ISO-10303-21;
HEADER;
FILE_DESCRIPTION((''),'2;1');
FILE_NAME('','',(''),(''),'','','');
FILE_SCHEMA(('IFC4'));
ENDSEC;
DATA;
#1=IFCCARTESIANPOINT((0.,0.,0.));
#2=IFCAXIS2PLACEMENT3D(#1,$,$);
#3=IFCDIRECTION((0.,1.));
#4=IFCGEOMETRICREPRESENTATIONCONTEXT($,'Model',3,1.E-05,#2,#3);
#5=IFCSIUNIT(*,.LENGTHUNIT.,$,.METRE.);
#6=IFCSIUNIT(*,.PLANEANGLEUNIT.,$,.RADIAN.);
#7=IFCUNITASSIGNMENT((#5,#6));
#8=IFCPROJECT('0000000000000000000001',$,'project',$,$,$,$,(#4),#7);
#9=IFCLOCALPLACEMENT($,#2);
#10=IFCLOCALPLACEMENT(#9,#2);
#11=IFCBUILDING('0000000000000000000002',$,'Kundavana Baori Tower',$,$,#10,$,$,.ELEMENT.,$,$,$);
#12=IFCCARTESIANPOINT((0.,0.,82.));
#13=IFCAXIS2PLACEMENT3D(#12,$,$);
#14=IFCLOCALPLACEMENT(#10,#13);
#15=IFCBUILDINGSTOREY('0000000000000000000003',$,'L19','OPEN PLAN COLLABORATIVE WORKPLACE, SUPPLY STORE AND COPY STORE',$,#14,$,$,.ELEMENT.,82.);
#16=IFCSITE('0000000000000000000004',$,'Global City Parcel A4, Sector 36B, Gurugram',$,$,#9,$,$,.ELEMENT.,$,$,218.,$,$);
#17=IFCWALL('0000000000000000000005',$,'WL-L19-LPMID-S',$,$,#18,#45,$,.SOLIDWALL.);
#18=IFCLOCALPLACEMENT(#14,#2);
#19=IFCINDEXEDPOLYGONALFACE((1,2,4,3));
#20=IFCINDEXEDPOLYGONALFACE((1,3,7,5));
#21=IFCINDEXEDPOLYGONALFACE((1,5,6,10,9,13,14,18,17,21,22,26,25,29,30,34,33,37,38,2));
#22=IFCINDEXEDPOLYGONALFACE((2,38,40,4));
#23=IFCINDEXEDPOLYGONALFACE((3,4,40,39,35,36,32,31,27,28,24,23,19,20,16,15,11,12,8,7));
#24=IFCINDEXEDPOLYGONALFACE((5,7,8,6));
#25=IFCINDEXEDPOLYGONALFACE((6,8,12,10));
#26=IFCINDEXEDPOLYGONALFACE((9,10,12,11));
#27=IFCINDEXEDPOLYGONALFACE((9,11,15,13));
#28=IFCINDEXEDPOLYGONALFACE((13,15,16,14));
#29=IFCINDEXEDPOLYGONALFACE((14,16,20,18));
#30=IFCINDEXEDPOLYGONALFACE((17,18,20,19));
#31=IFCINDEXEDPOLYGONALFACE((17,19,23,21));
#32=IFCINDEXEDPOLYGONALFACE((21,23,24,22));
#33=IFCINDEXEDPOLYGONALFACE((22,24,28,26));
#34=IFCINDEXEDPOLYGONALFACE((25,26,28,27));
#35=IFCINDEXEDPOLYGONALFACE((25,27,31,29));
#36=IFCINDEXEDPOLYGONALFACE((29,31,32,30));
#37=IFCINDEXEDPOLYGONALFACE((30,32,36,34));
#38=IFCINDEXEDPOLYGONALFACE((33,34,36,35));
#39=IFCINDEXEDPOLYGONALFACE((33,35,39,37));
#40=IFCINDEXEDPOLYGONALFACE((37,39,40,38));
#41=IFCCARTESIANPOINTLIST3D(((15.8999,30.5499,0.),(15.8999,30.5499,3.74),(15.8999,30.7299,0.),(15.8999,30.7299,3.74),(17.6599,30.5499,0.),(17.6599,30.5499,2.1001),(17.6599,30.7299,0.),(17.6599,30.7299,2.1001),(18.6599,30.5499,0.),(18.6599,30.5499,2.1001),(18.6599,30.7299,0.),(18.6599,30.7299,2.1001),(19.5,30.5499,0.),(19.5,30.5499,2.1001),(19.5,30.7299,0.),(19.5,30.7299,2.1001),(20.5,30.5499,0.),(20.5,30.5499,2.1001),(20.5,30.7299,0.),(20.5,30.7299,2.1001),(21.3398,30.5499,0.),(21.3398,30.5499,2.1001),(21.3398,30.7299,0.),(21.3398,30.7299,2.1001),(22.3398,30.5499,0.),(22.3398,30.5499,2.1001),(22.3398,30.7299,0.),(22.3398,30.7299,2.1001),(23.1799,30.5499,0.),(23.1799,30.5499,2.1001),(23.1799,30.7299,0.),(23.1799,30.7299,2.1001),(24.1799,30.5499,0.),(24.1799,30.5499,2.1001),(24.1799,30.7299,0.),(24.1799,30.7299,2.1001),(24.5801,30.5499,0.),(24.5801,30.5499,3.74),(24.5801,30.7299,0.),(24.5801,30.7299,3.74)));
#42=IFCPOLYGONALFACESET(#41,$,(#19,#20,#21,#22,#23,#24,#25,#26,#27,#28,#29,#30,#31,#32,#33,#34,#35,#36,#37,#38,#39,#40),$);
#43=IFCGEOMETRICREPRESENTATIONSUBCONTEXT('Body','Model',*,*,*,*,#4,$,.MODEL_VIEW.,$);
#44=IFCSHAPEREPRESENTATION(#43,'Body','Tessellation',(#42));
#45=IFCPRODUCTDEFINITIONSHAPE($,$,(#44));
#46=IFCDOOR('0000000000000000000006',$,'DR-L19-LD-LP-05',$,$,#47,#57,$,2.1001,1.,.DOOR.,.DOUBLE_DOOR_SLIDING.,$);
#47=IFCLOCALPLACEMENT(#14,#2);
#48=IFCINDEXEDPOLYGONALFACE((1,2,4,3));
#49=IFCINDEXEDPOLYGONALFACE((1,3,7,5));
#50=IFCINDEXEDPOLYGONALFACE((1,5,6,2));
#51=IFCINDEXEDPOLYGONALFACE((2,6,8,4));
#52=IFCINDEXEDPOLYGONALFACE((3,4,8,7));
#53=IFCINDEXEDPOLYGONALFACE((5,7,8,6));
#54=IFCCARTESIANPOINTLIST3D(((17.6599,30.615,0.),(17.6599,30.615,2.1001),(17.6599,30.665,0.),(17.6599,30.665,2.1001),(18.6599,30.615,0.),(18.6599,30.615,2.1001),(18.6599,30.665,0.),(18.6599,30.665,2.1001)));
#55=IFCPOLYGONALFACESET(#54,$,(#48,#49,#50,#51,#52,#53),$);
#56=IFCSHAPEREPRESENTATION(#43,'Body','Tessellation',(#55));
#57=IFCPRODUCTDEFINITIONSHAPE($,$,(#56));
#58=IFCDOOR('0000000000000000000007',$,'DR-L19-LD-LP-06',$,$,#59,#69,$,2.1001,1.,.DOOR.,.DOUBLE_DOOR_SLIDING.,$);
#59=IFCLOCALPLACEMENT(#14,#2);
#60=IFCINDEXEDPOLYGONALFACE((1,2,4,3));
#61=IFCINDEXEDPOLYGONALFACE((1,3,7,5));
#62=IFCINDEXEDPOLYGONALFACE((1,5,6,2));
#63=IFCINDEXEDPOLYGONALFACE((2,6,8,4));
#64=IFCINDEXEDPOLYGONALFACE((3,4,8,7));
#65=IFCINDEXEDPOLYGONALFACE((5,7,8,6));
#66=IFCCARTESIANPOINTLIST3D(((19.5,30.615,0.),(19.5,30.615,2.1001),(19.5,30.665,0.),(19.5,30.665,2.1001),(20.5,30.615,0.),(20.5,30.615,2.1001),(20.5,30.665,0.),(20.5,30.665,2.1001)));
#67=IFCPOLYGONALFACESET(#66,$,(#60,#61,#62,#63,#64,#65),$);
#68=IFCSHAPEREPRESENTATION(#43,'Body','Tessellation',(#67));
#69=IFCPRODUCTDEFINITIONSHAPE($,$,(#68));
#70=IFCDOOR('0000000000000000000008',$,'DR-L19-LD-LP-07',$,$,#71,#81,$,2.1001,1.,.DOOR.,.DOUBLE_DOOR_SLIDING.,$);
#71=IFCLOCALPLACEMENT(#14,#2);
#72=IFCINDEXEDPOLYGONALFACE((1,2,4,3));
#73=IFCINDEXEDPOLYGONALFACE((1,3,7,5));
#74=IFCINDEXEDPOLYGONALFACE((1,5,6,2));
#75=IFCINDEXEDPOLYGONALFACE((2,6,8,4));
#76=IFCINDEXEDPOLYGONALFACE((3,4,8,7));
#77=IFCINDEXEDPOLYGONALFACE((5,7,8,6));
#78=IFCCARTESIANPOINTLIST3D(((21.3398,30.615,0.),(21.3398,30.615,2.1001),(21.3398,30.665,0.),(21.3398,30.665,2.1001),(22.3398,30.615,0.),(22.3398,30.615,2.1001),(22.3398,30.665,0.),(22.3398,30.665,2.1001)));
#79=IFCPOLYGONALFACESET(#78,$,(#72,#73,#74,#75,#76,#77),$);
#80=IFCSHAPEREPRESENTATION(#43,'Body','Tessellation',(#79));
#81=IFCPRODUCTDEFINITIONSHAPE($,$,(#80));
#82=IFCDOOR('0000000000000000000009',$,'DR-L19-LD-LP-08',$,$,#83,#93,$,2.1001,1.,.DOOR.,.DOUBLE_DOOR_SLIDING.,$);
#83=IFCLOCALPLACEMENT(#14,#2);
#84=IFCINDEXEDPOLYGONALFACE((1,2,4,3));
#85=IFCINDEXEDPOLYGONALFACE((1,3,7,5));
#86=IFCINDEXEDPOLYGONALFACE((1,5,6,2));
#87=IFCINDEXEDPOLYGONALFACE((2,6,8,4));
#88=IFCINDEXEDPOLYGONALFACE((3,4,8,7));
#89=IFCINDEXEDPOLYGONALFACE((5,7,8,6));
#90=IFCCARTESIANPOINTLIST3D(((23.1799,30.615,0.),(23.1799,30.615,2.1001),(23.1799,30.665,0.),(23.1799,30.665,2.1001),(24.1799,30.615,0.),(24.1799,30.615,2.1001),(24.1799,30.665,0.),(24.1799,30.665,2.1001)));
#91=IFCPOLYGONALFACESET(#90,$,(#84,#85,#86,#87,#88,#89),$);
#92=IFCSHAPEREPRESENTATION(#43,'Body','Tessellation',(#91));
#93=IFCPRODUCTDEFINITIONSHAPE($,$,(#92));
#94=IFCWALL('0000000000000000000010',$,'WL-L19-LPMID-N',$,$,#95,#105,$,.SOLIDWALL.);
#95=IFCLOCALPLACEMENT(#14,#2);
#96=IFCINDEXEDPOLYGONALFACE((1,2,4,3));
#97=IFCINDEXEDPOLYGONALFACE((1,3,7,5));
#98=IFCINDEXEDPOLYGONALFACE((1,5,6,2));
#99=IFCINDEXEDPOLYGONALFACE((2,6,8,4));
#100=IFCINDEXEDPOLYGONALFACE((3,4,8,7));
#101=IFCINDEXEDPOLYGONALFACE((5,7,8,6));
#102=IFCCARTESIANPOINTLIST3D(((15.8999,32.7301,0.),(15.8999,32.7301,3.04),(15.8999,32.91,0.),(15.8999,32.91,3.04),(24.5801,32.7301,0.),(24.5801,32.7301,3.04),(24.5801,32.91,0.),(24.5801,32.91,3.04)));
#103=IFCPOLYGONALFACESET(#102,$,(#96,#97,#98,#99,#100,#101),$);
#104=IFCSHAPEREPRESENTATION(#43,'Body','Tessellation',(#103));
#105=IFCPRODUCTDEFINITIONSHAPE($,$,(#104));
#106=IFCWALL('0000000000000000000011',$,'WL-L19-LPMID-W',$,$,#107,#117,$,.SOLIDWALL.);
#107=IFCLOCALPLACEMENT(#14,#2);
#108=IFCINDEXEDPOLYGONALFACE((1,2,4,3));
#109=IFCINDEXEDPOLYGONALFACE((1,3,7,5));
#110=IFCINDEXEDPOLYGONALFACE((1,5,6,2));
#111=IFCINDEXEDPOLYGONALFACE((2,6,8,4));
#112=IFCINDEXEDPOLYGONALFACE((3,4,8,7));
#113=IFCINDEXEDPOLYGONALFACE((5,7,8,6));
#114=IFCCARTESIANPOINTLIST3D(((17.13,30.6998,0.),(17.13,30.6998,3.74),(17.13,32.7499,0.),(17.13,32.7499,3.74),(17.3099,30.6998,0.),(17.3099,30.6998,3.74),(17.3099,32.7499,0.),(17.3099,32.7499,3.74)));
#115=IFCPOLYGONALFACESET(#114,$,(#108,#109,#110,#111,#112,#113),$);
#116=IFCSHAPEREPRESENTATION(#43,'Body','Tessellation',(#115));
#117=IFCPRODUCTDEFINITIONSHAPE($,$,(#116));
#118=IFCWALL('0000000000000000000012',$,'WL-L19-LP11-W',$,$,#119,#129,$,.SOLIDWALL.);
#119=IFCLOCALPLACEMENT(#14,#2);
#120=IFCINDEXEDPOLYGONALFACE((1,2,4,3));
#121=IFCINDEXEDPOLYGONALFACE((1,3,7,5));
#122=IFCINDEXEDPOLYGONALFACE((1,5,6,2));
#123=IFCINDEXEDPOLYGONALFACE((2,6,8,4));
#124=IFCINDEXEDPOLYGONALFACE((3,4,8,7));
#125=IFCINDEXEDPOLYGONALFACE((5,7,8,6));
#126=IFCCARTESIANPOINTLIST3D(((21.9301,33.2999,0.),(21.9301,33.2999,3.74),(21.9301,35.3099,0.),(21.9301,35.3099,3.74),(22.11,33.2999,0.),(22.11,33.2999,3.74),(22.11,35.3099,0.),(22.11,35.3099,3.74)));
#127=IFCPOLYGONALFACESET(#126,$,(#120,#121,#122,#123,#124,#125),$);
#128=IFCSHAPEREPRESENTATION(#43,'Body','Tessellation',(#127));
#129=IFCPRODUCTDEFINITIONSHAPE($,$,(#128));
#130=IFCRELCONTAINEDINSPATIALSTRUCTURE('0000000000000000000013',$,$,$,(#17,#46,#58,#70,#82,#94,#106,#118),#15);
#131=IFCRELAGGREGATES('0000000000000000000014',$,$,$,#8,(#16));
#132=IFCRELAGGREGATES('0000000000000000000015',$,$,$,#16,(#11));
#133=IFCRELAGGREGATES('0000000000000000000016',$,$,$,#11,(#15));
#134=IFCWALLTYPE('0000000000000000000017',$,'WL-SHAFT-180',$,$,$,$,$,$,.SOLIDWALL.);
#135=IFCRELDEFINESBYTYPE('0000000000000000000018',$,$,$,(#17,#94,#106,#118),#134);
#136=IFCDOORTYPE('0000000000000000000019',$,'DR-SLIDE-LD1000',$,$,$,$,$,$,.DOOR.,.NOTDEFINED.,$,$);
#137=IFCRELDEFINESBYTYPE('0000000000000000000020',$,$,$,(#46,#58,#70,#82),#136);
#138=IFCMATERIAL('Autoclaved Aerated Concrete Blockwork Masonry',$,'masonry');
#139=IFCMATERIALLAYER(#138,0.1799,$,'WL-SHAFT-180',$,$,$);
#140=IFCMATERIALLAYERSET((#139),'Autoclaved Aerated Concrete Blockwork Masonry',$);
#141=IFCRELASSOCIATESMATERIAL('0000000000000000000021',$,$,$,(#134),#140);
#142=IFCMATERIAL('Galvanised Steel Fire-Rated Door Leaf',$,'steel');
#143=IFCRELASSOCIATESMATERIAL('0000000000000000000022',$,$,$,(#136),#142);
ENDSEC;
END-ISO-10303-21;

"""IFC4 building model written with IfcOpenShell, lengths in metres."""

from ifc_helpers import new_model, si_unit, direction, frame, frame_2d, origin, place, context, subcontext, project, spatial, rectangle, extrude, material, layer, layer_set, type_object, element, fill, save


model = new_model("IFC4")

# Units and contexts
model_context = context("Model", 3, precision=1e-05, world=origin(), true_north=direction((0.0, 1.0)))
body_context = subcontext(model_context, "Body", "Model", "MODEL_VIEW")
ifc_project = project(units=[si_unit("LENGTHUNIT", "METRE"), si_unit("PLANEANGLEUNIT", "RADIAN")], contexts=[model_context])

# Site, building, storey
site_placement = place(None, origin())
site = spatial("IfcSite", under=ifc_project, at=site_placement, Name="Global City Parcel A4, Sector 36B, Gurugram", CompositionType="ELEMENT", RefElevation=218.0)
building_placement = place(site_placement, origin())
building = spatial("IfcBuilding", under=site, at=building_placement, Name="Kundavana Baori Tower", CompositionType="ELEMENT")
storey_placement = place(building_placement, frame((0.0, 0.0, 82.0)))
storey = spatial("IfcBuildingStorey", under=building, at=storey_placement, Name="L19", Description="OPEN PLAN COLLABORATIVE WORKPLACE, SUPPLY STORE AND COPY STORE", CompositionType="ELEMENT", Elevation=82.0)

# Shared definitions
ifc_material_1 = material(Name="Autoclaved Aerated Concrete Blockwork Masonry", Category="masonry")
ifc_layer_1 = layer(ifc_material_1, 0.1799, Name="WL-SHAFT-180")
ifc_layer_set_1 = layer_set([ifc_layer_1], Name="Autoclaved Aerated Concrete Blockwork Masonry")
wall_type_1 = type_object("IfcWallType", Name="WL-SHAFT-180", PredefinedType="SOLIDWALL", material=ifc_layer_set_1)
ifc_material_2 = material(Name="Galvanised Steel Fire-Rated Door Leaf", Category="steel")
door_type_1 = type_object("IfcDoorType", Name="DR-SLIDE-LD1000", OperationType="NOTDEFINED", PredefinedType="DOOR", material=ifc_material_2)

# Wall, openings, doors
wall_1_placement = place(storey_placement, frame((15.8999, 30.6399, 0.0), z_axis=(0.0, 0.0, 1.0), x_axis=(1.0, 0.0, 0.0)))
wall_1 = element("IfcWall", 1, at=wall_1_placement, inside=storey, type_object=wall_type_1, Name="WL-L19-LPMID-S", PredefinedType="SOLIDWALL", context=body_context, shape_type="SweptSolid", body=[
    extrude(rectangle(XDim=8.6802, YDim=0.1799, at=frame_2d((4.3401, 0.0))), origin(), (0.0, 0.0, 1.0), 3.74),
])
opening_1_placement = place(wall_1_placement, frame((1.76, 0.0, 0.0)))
opening_1 = element("IfcOpeningElement", 2, at=opening_1_placement, cuts=wall_1, PredefinedType="OPENING", context=body_context, shape_type="SweptSolid", body=[
    extrude(rectangle(XDim=1.0, YDim=2.1001, at=frame_2d((0.5, 1.05))), frame((0.0, 0.1001, 0.0), z_axis=(0.0, -1.0, 0.0), x_axis=(1.0, 0.0, 0.0)), (0.0, 0.0, 1.0), 0.2),
])
opening_2_placement = place(wall_1_placement, frame((3.6001, 0.0, 0.0)))
opening_2 = element("IfcOpeningElement", 3, at=opening_2_placement, cuts=wall_1, PredefinedType="OPENING", context=body_context, shape_type="SweptSolid", body=[
    extrude(rectangle(XDim=1.0, YDim=2.1001, at=frame_2d((0.5, 1.05))), frame((0.0, 0.1001, 0.0), z_axis=(0.0, -1.0, 0.0), x_axis=(1.0, 0.0, 0.0)), (0.0, 0.0, 1.0), 0.2),
])
opening_3_placement = place(wall_1_placement, frame((5.4399, 0.0, 0.0)))
opening_3 = element("IfcOpeningElement", 4, at=opening_3_placement, cuts=wall_1, PredefinedType="OPENING", context=body_context, shape_type="SweptSolid", body=[
    extrude(rectangle(XDim=1.0, YDim=2.1001, at=frame_2d((0.5, 1.05))), frame((0.0, 0.1001, 0.0), z_axis=(0.0, -1.0, 0.0), x_axis=(1.0, 0.0, 0.0)), (0.0, 0.0, 1.0), 0.2),
])
opening_4_placement = place(wall_1_placement, frame((7.28, 0.0, 0.0)))
opening_4 = element("IfcOpeningElement", 5, at=opening_4_placement, cuts=wall_1, PredefinedType="OPENING", context=body_context, shape_type="SweptSolid", body=[
    extrude(rectangle(XDim=1.0, YDim=2.1001, at=frame_2d((0.5, 1.05))), frame((0.0, 0.1001, 0.0), z_axis=(0.0, -1.0, 0.0), x_axis=(1.0, 0.0, 0.0)), (0.0, 0.0, 1.0), 0.2),
])
door_1_placement = place(opening_1_placement, frame((1.0, 0.0, 0.0), z_axis=(0.0, 0.0, 1.0), x_axis=(-1.0, 0.0, 0.0)))
door_1 = element("IfcDoor", 6, at=door_1_placement, inside=storey, type_object=door_type_1, Name="DR-L19-LD-LP-05", OperationType="DOUBLE_DOOR_SLIDING", OverallHeight=2.1001, OverallWidth=1.0, PredefinedType="DOOR", context=body_context, shape_type="SweptSolid", body=[
    extrude(rectangle(XDim=1.0, YDim=2.1001, at=frame_2d((0.5, 1.05))), frame((0.0, 0.0249, 0.0), z_axis=(0.0, -1.0, 0.0), x_axis=(1.0, 0.0, 0.0)), (0.0, 0.0, 1.0), 0.05),
])
fill(opening_1, door_1)
door_2_placement = place(opening_2_placement, frame((1.0, 0.0, 0.0), z_axis=(0.0, 0.0, 1.0), x_axis=(-1.0, 0.0, 0.0)))
door_2 = element("IfcDoor", 7, at=door_2_placement, inside=storey, type_object=door_type_1, Name="DR-L19-LD-LP-06", OperationType="DOUBLE_DOOR_SLIDING", OverallHeight=2.1001, OverallWidth=1.0, PredefinedType="DOOR", context=body_context, shape_type="SweptSolid", body=[
    extrude(rectangle(XDim=1.0, YDim=2.1001, at=frame_2d((0.5, 1.05))), frame((0.0, 0.0249, 0.0), z_axis=(0.0, -1.0, 0.0), x_axis=(1.0, 0.0, 0.0)), (0.0, 0.0, 1.0), 0.05),
])
fill(opening_2, door_2)
door_3_placement = place(opening_3_placement, frame((1.0, 0.0, 0.0), z_axis=(0.0, 0.0, 1.0), x_axis=(-1.0, 0.0, 0.0)))
door_3 = element("IfcDoor", 8, at=door_3_placement, inside=storey, type_object=door_type_1, Name="DR-L19-LD-LP-07", OperationType="DOUBLE_DOOR_SLIDING", OverallHeight=2.1001, OverallWidth=1.0, PredefinedType="DOOR", context=body_context, shape_type="SweptSolid", body=[
    extrude(rectangle(XDim=1.0, YDim=2.1001, at=frame_2d((0.5, 1.05))), frame((0.0, 0.0249, 0.0), z_axis=(0.0, -1.0, 0.0), x_axis=(1.0, 0.0, 0.0)), (0.0, 0.0, 1.0), 0.05),
])
fill(opening_3, door_3)
door_4_placement = place(opening_4_placement, frame((1.0, 0.0, 0.0), z_axis=(0.0, 0.0, 1.0), x_axis=(-1.0, 0.0, 0.0)))
door_4 = element("IfcDoor", 9, at=door_4_placement, inside=storey, type_object=door_type_1, Name="DR-L19-LD-LP-08", OperationType="DOUBLE_DOOR_SLIDING", OverallHeight=2.1001, OverallWidth=1.0, PredefinedType="DOOR", context=body_context, shape_type="SweptSolid", body=[
    extrude(rectangle(XDim=1.0, YDim=2.1001, at=frame_2d((0.5, 1.05))), frame((0.0, 0.0249, 0.0), z_axis=(0.0, -1.0, 0.0), x_axis=(1.0, 0.0, 0.0)), (0.0, 0.0, 1.0), 0.05),
])
fill(opening_4, door_4)

# Walls
wall_2_placement = place(storey_placement, frame((15.8999, 32.8201, 0.0), z_axis=(0.0, 0.0, 1.0), x_axis=(1.0, 0.0, 0.0)))
element("IfcWall", 10, at=wall_2_placement, inside=storey, type_object=wall_type_1, Name="WL-L19-LPMID-N", PredefinedType="SOLIDWALL", context=body_context, shape_type="SweptSolid", body=[
    extrude(rectangle(XDim=8.6802, YDim=0.1799, at=frame_2d((4.3401, 0.0))), origin(), (0.0, 0.0, 1.0), 3.04),
])
wall_3_placement = place(storey_placement, frame((17.22, 30.7, 0.0), z_axis=(0.0, 0.0, 1.0), x_axis=(0.0, 1.0, 0.0)))
element("IfcWall", 11, at=wall_3_placement, inside=storey, type_object=wall_type_1, Name="WL-L19-LPMID-W", PredefinedType="SOLIDWALL", context=body_context, shape_type="SweptSolid", body=[
    extrude(rectangle(XDim=2.05, YDim=0.1799, at=frame_2d((1.0249, 0.0))), origin(), (0.0, 0.0, 1.0), 3.74),
])
wall_4_placement = place(storey_placement, frame((22.02, 33.3, 0.0), z_axis=(0.0, 0.0, 1.0), x_axis=(0.0, 1.0, 0.0)))
element("IfcWall", 12, at=wall_4_placement, inside=storey, type_object=wall_type_1, Name="WL-L19-LP11-W", PredefinedType="SOLIDWALL", context=body_context, shape_type="SweptSolid", body=[
    extrude(rectangle(XDim=2.01, YDim=0.1799, at=frame_2d((1.0049, 0.0))), origin(), (0.0, 0.0, 1.0), 3.74),
])

save(model, "model.ifc")
